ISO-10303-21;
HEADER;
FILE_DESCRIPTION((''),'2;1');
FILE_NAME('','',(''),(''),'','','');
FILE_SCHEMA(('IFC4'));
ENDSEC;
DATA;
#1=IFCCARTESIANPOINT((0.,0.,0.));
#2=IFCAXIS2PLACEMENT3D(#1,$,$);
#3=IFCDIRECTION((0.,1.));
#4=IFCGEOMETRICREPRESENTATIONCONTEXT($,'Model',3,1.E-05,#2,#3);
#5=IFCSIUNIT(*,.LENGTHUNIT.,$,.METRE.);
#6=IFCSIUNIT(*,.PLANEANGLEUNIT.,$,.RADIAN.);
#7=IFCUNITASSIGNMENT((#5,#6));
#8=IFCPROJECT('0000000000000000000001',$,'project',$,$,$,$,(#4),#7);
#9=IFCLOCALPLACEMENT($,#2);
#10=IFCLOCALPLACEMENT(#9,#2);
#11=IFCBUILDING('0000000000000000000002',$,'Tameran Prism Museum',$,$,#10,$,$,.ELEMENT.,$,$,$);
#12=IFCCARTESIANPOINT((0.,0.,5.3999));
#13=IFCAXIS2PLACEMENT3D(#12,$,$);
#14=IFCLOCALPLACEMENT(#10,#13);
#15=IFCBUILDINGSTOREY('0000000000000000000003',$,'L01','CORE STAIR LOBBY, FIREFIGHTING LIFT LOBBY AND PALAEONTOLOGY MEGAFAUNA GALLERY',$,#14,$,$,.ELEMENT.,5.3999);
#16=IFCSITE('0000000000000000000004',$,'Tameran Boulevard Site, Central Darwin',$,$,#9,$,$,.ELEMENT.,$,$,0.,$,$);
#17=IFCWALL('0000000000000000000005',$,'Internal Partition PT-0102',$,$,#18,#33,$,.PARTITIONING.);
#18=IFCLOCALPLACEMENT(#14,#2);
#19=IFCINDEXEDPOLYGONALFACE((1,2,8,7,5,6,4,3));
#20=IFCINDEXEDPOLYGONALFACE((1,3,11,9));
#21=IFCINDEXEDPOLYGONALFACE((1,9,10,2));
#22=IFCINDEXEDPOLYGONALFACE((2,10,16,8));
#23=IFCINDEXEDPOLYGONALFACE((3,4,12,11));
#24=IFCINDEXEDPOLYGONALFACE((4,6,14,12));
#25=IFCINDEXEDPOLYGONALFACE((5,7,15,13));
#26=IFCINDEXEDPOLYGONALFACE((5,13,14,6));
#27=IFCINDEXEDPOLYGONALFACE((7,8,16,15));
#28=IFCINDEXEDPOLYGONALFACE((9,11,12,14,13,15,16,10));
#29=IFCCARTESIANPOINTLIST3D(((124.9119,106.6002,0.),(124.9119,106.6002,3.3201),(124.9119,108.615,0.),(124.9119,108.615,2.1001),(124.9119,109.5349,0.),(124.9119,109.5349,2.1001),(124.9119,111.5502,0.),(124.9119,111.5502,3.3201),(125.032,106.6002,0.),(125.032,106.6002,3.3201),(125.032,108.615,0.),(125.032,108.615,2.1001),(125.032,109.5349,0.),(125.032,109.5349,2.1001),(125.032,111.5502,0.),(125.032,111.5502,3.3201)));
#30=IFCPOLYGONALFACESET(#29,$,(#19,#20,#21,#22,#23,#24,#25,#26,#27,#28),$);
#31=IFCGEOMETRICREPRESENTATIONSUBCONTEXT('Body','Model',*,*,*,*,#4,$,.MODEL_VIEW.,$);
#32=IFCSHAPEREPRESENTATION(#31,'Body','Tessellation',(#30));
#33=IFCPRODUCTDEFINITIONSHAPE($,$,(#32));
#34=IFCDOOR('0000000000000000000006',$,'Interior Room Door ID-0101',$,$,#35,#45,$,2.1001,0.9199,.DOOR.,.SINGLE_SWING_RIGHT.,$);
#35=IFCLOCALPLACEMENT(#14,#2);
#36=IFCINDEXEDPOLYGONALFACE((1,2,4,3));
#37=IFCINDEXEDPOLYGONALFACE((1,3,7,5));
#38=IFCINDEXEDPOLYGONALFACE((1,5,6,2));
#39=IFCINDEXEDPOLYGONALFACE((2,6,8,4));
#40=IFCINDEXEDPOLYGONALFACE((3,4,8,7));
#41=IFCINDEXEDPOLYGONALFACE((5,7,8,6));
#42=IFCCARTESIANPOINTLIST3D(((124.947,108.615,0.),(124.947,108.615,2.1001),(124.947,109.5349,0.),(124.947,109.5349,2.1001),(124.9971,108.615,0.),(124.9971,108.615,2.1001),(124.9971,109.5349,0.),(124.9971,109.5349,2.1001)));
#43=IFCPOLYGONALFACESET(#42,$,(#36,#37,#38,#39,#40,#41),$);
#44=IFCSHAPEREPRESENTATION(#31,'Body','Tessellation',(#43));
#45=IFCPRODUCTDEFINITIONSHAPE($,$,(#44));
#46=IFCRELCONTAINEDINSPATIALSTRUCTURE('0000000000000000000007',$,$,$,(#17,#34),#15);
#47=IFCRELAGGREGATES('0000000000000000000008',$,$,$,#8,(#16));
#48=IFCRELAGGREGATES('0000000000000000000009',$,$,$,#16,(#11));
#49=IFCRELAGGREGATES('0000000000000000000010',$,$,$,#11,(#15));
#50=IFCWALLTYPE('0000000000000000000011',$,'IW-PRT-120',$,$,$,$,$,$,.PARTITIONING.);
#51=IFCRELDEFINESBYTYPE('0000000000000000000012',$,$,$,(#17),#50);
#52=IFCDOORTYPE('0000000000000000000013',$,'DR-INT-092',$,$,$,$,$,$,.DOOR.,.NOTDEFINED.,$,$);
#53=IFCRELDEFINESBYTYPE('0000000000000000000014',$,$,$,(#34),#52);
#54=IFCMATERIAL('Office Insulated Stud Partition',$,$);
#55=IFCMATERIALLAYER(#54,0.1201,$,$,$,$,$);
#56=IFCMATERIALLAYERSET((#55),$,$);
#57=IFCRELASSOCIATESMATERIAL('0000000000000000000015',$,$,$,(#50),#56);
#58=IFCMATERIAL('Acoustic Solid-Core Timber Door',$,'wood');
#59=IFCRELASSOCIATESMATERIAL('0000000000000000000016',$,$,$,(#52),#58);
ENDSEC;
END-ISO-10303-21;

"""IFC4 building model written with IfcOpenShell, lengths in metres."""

from ifc_helpers import new_model, si_unit, direction, frame, frame_2d, origin, place, context, subcontext, project, spatial, rectangle, extrude, material, layer, layer_set, type_object, element, fill, save


model = new_model("IFC4")

# Units and contexts
model_context = context("Model", 3, precision=1e-05, world=origin(), true_north=direction((0.0, 1.0)))
body_context = subcontext(model_context, "Body", "Model", "MODEL_VIEW")
ifc_project = project(units=[si_unit("LENGTHUNIT", "METRE"), si_unit("PLANEANGLEUNIT", "RADIAN")], contexts=[model_context])

# Site, building, storey
site_placement = place(None, origin())
site = spatial("IfcSite", under=ifc_project, at=site_placement, Name="Tameran Boulevard Site, Central Darwin", CompositionType="ELEMENT", RefElevation=0.0)
building_placement = place(site_placement, origin())
building = spatial("IfcBuilding", under=site, at=building_placement, Name="Tameran Prism Museum", CompositionType="ELEMENT")
storey_placement = place(building_placement, frame((0.0, 0.0, 5.3999)))
storey = spatial("IfcBuildingStorey", under=building, at=storey_placement, Name="L01", Description="CORE STAIR LOBBY, FIREFIGHTING LIFT LOBBY AND PALAEONTOLOGY MEGAFAUNA GALLERY", CompositionType="ELEMENT", Elevation=5.3999)

# Wall, opening, door
ifc_material_1 = material(Name="Office Insulated Stud Partition")
ifc_layer_1 = layer(ifc_material_1, 0.1201)
ifc_layer_set_1 = layer_set([ifc_layer_1])
wall_type_1 = type_object("IfcWallType", Name="IW-PRT-120", PredefinedType="PARTITIONING", material=ifc_layer_set_1)
wall_1_placement = place(storey_placement, frame((124.9719, 106.6001, 0.0), z_axis=(0.0, 0.0, 1.0), x_axis=(0.0, 1.0, 0.0)))
wall_1 = element("IfcWall", 1, at=wall_1_placement, inside=storey, type_object=wall_type_1, Name="Internal Partition PT-0102", PredefinedType="PARTITIONING", context=body_context, shape_type="SweptSolid", body=[
    extrude(rectangle(XDim=4.95, YDim=0.1201, at=frame_2d((2.4751, 0.0))), origin(), (0.0, 0.0, 1.0), 3.3201),
])
opening_1_placement = place(wall_1_placement, frame((2.0149, 0.0, 0.0)))
opening_1 = element("IfcOpeningElement", 2, at=opening_1_placement, cuts=wall_1, PredefinedType="OPENING", context=body_context, shape_type="SweptSolid", body=[
    extrude(rectangle(XDim=0.9199, YDim=2.1001, at=frame_2d((0.46, 1.05))), frame((0.0, 0.0701, 0.0), z_axis=(0.0, -1.0, 0.0), x_axis=(1.0, 0.0, 0.0)), (0.0, 0.0, 1.0), 0.1401),
])
ifc_material_2 = material(Name="Acoustic Solid-Core Timber Door", Category="wood")
door_type = type_object("IfcDoorType", Name="DR-INT-092", OperationType="NOTDEFINED", PredefinedType="DOOR", material=ifc_material_2)
door_placement = place(opening_1_placement, origin())
door = element("IfcDoor", 3, at=door_placement, inside=storey, type_object=door_type, Name="Interior Room Door ID-0101", OperationType="SINGLE_SWING_RIGHT", OverallHeight=2.1001, OverallWidth=0.9199, PredefinedType="DOOR", context=body_context, shape_type="SweptSolid", body=[
    extrude(rectangle(XDim=0.9199, YDim=2.1001, at=frame_2d((0.46, 1.05))), frame((0.0, 0.0249, 0.0), z_axis=(0.0, -1.0, 0.0), x_axis=(1.0, 0.0, 0.0)), (0.0, 0.0, 1.0), 0.05),
])
fill(opening_1, door)

save(model, "model.ifc")
